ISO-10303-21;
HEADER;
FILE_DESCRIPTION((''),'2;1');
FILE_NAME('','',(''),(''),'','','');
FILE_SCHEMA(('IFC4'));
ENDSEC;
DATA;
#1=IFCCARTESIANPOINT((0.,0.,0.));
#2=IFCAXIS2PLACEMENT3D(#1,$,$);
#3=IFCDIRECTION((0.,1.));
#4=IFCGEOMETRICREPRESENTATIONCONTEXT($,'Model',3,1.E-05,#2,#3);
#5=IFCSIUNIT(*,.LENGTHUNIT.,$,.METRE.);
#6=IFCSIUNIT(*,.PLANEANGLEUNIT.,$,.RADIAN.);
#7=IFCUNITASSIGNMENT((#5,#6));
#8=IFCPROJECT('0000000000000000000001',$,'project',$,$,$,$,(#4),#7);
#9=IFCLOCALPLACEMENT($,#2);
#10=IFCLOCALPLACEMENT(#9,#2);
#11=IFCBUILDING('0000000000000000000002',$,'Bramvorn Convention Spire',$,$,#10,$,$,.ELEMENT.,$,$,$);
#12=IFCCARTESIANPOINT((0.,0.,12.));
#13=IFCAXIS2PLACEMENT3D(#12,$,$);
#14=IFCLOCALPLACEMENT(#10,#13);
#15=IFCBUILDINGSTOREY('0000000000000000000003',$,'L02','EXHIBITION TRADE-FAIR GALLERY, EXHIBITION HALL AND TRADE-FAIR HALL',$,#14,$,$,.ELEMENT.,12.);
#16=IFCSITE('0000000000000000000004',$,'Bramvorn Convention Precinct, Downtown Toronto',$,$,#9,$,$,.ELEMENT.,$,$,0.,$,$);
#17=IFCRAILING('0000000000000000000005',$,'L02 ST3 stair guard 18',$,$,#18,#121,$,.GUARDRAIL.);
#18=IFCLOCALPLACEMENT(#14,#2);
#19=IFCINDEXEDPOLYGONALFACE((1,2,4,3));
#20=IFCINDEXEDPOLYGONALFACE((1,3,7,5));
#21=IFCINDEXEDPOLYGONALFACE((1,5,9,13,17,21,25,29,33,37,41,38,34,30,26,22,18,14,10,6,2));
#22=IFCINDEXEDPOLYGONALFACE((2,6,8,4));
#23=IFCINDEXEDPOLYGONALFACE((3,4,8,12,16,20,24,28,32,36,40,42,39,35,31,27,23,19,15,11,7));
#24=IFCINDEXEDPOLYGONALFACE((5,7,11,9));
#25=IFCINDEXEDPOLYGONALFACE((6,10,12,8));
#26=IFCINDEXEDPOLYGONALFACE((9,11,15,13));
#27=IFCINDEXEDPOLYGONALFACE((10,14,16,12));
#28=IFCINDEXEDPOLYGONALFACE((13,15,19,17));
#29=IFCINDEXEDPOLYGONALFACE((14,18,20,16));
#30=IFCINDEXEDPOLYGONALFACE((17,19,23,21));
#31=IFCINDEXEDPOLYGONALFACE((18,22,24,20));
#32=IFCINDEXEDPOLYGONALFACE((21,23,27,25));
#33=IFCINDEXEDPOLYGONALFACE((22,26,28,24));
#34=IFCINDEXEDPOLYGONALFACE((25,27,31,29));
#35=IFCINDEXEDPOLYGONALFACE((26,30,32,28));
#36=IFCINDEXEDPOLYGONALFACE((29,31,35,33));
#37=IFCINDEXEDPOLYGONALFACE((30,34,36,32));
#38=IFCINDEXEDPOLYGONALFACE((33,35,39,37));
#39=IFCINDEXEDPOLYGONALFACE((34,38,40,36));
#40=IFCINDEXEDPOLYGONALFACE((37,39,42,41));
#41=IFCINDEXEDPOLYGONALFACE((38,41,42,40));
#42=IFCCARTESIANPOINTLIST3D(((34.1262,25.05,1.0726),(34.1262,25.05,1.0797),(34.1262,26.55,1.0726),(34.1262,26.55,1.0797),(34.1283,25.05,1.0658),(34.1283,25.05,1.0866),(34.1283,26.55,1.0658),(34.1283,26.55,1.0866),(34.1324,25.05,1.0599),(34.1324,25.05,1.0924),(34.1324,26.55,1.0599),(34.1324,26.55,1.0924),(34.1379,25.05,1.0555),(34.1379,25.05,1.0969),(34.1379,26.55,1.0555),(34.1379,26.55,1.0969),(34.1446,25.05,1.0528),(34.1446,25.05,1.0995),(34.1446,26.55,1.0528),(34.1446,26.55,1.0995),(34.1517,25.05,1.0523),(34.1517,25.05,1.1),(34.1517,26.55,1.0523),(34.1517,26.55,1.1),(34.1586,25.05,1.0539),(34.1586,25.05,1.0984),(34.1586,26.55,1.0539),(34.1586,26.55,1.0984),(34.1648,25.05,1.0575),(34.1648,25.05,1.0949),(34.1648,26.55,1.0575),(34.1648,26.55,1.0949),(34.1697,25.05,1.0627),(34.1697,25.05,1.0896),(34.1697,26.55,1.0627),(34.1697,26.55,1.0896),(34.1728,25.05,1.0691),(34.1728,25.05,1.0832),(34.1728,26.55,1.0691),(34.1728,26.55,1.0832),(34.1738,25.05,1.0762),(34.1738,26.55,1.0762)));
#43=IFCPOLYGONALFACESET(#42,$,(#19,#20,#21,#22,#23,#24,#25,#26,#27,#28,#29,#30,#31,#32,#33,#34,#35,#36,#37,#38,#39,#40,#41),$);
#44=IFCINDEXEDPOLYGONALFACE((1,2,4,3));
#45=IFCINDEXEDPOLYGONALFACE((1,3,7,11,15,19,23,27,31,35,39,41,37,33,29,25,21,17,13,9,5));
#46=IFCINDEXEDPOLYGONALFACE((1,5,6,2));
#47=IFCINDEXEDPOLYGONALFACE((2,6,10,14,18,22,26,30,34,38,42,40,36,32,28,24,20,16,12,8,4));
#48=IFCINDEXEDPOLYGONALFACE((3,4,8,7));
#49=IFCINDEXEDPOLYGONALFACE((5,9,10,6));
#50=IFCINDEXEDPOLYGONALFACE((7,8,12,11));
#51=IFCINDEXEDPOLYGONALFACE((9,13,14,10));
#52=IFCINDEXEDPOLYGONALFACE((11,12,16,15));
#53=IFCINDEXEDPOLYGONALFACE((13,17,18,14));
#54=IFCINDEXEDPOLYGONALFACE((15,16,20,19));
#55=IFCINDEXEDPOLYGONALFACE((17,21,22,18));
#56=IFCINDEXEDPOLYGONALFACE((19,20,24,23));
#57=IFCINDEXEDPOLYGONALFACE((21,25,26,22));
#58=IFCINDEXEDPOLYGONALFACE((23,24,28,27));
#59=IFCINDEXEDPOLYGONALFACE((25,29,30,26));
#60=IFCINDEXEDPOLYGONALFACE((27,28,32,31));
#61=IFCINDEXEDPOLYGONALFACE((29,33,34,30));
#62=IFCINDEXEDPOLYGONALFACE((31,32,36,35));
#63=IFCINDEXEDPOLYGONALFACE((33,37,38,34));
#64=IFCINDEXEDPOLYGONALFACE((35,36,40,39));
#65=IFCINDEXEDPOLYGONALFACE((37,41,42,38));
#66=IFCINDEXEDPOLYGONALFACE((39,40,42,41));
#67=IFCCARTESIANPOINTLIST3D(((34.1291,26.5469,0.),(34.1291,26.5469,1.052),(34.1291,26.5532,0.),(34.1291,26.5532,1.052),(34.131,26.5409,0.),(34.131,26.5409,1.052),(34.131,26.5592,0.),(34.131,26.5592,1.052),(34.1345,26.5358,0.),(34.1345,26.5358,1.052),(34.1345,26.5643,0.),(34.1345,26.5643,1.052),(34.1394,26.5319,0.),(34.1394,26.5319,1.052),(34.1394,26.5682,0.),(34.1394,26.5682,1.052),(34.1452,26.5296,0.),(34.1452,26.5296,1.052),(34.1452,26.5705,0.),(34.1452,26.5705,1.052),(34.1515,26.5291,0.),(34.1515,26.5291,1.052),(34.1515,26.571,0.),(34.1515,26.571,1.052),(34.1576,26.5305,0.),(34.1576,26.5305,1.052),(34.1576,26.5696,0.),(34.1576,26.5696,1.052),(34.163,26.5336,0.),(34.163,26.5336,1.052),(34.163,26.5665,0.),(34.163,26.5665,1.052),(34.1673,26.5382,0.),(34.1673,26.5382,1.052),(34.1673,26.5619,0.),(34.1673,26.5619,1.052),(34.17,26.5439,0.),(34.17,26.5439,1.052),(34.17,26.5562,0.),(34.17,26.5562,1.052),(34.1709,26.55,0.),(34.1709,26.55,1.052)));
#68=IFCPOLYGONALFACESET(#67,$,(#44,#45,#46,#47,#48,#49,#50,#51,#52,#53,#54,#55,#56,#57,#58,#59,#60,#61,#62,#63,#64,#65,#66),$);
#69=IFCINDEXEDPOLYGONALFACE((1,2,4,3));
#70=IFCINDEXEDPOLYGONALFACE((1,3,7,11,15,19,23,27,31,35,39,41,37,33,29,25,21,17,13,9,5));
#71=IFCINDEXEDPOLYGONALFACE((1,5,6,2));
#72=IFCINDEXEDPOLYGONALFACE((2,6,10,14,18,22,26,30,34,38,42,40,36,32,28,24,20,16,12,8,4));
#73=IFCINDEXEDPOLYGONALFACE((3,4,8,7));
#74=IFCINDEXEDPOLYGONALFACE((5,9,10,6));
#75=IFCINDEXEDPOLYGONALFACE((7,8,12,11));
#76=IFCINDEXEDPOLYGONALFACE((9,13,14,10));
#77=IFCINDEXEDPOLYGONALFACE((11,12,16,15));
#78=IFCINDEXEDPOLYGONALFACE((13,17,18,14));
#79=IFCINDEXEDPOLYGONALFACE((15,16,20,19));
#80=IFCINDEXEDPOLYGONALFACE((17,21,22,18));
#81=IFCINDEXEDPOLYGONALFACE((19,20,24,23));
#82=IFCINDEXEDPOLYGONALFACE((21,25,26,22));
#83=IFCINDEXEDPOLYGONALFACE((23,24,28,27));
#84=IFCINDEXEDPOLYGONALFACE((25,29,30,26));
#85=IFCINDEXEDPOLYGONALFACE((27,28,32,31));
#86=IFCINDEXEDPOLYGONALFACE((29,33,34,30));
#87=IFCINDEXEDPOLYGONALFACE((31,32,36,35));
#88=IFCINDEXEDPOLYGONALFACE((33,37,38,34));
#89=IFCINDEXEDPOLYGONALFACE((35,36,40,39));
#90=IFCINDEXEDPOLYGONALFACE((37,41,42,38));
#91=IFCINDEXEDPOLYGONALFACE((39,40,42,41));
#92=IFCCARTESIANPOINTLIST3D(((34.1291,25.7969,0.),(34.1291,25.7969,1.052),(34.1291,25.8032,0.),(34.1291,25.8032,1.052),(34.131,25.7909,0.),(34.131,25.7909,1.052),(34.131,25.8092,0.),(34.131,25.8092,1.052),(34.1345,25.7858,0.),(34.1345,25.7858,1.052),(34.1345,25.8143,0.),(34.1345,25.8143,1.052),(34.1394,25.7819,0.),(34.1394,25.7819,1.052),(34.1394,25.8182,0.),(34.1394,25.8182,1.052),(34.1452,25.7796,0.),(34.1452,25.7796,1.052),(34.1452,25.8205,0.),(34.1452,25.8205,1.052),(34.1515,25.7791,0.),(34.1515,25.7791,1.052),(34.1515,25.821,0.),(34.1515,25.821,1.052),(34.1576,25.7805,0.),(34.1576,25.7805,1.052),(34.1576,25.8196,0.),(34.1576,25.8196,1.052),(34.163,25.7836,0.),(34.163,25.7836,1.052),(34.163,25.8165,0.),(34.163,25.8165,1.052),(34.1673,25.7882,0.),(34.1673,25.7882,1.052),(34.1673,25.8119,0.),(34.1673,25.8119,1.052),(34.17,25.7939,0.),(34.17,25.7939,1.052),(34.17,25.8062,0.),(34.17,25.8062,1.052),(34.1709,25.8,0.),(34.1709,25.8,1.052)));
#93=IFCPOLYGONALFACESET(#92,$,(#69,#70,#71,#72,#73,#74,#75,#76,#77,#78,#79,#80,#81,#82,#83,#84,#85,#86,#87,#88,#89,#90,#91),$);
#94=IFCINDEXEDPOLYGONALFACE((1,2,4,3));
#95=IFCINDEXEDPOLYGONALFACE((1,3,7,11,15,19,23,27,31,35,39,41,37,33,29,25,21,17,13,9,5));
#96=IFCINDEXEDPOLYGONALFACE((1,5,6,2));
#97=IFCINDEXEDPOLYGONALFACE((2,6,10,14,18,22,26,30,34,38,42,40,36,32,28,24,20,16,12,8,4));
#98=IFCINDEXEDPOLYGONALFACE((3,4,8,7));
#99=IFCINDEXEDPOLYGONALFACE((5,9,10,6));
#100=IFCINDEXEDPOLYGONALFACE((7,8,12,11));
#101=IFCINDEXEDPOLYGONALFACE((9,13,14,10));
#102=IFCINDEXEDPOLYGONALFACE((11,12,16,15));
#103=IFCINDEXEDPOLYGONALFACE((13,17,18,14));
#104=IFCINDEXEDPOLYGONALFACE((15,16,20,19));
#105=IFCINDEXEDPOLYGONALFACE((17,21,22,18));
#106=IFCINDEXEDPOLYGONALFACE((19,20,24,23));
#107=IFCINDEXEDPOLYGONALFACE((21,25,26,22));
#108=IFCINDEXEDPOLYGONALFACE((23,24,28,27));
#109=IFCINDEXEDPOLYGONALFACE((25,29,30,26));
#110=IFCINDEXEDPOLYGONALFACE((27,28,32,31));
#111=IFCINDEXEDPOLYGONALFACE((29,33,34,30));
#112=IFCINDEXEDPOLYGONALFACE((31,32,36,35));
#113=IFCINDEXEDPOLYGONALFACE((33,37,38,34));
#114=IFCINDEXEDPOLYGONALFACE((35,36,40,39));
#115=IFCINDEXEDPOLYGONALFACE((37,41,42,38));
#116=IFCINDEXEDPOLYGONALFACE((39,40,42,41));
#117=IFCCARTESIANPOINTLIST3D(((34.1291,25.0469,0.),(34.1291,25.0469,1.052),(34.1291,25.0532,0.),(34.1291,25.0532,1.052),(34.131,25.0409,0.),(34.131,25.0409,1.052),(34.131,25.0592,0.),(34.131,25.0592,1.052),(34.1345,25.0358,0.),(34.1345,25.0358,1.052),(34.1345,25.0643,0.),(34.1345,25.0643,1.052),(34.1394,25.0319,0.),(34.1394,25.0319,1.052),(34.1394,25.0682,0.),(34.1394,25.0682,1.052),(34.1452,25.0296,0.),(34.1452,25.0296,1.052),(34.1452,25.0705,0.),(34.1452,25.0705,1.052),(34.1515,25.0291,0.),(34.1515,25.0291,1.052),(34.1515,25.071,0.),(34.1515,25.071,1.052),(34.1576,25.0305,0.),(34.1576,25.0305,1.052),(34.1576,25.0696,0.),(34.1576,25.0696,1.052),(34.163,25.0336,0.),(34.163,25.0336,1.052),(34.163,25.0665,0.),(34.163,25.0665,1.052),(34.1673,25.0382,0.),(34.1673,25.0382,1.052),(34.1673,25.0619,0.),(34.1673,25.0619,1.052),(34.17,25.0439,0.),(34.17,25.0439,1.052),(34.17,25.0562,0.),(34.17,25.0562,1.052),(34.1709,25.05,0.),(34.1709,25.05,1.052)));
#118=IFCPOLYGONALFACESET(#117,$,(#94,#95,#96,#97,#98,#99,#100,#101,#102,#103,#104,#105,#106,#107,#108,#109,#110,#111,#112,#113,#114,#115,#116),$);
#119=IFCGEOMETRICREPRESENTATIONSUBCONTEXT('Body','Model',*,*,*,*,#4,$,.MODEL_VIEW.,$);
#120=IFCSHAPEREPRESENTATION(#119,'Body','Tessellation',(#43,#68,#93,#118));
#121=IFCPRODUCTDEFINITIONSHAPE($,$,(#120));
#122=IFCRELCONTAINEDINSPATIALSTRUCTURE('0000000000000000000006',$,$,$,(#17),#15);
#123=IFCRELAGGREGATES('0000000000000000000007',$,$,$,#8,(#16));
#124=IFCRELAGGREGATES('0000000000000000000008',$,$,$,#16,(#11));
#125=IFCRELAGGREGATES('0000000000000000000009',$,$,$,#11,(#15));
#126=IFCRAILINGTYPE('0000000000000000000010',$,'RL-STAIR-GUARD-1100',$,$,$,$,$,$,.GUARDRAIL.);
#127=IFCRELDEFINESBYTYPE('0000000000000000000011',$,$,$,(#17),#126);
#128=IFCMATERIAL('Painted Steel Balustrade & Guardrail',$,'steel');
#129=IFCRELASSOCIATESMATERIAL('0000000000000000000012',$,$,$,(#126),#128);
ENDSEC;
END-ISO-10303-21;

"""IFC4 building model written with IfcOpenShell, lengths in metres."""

from ifc_helpers import new_model, si_unit, direction, frame, origin, origin_2d, place, context, subcontext, project, spatial, circle, extrude, material, type_object, element, save


model = new_model("IFC4")

# Units and contexts
model_context = context("Model", 3, precision=1e-05, world=origin(), true_north=direction((0.0, 1.0)))
body_context = subcontext(model_context, "Body", "Model", "MODEL_VIEW")
ifc_project = project(units=[si_unit("LENGTHUNIT", "METRE"), si_unit("PLANEANGLEUNIT", "RADIAN")], contexts=[model_context])

# Site, building, storey
site_placement = place(None, origin())
site = spatial("IfcSite", under=ifc_project, at=site_placement, Name="Bramvorn Convention Precinct, Downtown Toronto", CompositionType="ELEMENT", RefElevation=0.0)
building_placement = place(site_placement, origin())
building = spatial("IfcBuilding", under=site, at=building_placement, Name="Bramvorn Convention Spire", CompositionType="ELEMENT")
storey_placement = place(building_placement, frame((0.0, 0.0, 12.0)))
storey = spatial("IfcBuildingStorey", under=building, at=storey_placement, Name="L02", Description="EXHIBITION TRADE-FAIR GALLERY, EXHIBITION HALL AND TRADE-FAIR HALL", CompositionType="ELEMENT", Elevation=12.0)

# Railing
ifc_material_1 = material(Name="Painted Steel Balustrade & Guardrail", Category="steel")
railing_type = type_object("IfcRailingType", Name="RL-STAIR-GUARD-1100", PredefinedType="GUARDRAIL", material=ifc_material_1)
for number, where, name in (
    (1, (34.1499, 26.55, 0.0), "L02 ST3 stair guard 18"),
):
    element("IfcRailing", number, at=place(storey_placement, frame(where)), inside=storey, type_object=railing_type, Name=name, PredefinedType="GUARDRAIL", context=body_context, shape_type="SweptSolid", body=[
        extrude(circle(Radius=0.0239, at=origin_2d()), frame((0.0, 0.0, 1.0762), z_axis=(0.0, -1.0, 0.0), x_axis=(1.0, 0.0, 0.0)), (0.0, 0.0, 1.0), 1.5),
        extrude(circle(Radius=0.021, at=origin_2d()), origin(), (0.0, 0.0, 1.0), 1.052),
        extrude(circle(Radius=0.021, at=origin_2d()), frame((0.0, -0.75, 0.0)), (0.0, 0.0, 1.0), 1.052),
        extrude(circle(Radius=0.021, at=origin_2d()), frame((0.0, -1.5, 0.0)), (0.0, 0.0, 1.0), 1.052),
    ])

save(model, "model.ifc")
